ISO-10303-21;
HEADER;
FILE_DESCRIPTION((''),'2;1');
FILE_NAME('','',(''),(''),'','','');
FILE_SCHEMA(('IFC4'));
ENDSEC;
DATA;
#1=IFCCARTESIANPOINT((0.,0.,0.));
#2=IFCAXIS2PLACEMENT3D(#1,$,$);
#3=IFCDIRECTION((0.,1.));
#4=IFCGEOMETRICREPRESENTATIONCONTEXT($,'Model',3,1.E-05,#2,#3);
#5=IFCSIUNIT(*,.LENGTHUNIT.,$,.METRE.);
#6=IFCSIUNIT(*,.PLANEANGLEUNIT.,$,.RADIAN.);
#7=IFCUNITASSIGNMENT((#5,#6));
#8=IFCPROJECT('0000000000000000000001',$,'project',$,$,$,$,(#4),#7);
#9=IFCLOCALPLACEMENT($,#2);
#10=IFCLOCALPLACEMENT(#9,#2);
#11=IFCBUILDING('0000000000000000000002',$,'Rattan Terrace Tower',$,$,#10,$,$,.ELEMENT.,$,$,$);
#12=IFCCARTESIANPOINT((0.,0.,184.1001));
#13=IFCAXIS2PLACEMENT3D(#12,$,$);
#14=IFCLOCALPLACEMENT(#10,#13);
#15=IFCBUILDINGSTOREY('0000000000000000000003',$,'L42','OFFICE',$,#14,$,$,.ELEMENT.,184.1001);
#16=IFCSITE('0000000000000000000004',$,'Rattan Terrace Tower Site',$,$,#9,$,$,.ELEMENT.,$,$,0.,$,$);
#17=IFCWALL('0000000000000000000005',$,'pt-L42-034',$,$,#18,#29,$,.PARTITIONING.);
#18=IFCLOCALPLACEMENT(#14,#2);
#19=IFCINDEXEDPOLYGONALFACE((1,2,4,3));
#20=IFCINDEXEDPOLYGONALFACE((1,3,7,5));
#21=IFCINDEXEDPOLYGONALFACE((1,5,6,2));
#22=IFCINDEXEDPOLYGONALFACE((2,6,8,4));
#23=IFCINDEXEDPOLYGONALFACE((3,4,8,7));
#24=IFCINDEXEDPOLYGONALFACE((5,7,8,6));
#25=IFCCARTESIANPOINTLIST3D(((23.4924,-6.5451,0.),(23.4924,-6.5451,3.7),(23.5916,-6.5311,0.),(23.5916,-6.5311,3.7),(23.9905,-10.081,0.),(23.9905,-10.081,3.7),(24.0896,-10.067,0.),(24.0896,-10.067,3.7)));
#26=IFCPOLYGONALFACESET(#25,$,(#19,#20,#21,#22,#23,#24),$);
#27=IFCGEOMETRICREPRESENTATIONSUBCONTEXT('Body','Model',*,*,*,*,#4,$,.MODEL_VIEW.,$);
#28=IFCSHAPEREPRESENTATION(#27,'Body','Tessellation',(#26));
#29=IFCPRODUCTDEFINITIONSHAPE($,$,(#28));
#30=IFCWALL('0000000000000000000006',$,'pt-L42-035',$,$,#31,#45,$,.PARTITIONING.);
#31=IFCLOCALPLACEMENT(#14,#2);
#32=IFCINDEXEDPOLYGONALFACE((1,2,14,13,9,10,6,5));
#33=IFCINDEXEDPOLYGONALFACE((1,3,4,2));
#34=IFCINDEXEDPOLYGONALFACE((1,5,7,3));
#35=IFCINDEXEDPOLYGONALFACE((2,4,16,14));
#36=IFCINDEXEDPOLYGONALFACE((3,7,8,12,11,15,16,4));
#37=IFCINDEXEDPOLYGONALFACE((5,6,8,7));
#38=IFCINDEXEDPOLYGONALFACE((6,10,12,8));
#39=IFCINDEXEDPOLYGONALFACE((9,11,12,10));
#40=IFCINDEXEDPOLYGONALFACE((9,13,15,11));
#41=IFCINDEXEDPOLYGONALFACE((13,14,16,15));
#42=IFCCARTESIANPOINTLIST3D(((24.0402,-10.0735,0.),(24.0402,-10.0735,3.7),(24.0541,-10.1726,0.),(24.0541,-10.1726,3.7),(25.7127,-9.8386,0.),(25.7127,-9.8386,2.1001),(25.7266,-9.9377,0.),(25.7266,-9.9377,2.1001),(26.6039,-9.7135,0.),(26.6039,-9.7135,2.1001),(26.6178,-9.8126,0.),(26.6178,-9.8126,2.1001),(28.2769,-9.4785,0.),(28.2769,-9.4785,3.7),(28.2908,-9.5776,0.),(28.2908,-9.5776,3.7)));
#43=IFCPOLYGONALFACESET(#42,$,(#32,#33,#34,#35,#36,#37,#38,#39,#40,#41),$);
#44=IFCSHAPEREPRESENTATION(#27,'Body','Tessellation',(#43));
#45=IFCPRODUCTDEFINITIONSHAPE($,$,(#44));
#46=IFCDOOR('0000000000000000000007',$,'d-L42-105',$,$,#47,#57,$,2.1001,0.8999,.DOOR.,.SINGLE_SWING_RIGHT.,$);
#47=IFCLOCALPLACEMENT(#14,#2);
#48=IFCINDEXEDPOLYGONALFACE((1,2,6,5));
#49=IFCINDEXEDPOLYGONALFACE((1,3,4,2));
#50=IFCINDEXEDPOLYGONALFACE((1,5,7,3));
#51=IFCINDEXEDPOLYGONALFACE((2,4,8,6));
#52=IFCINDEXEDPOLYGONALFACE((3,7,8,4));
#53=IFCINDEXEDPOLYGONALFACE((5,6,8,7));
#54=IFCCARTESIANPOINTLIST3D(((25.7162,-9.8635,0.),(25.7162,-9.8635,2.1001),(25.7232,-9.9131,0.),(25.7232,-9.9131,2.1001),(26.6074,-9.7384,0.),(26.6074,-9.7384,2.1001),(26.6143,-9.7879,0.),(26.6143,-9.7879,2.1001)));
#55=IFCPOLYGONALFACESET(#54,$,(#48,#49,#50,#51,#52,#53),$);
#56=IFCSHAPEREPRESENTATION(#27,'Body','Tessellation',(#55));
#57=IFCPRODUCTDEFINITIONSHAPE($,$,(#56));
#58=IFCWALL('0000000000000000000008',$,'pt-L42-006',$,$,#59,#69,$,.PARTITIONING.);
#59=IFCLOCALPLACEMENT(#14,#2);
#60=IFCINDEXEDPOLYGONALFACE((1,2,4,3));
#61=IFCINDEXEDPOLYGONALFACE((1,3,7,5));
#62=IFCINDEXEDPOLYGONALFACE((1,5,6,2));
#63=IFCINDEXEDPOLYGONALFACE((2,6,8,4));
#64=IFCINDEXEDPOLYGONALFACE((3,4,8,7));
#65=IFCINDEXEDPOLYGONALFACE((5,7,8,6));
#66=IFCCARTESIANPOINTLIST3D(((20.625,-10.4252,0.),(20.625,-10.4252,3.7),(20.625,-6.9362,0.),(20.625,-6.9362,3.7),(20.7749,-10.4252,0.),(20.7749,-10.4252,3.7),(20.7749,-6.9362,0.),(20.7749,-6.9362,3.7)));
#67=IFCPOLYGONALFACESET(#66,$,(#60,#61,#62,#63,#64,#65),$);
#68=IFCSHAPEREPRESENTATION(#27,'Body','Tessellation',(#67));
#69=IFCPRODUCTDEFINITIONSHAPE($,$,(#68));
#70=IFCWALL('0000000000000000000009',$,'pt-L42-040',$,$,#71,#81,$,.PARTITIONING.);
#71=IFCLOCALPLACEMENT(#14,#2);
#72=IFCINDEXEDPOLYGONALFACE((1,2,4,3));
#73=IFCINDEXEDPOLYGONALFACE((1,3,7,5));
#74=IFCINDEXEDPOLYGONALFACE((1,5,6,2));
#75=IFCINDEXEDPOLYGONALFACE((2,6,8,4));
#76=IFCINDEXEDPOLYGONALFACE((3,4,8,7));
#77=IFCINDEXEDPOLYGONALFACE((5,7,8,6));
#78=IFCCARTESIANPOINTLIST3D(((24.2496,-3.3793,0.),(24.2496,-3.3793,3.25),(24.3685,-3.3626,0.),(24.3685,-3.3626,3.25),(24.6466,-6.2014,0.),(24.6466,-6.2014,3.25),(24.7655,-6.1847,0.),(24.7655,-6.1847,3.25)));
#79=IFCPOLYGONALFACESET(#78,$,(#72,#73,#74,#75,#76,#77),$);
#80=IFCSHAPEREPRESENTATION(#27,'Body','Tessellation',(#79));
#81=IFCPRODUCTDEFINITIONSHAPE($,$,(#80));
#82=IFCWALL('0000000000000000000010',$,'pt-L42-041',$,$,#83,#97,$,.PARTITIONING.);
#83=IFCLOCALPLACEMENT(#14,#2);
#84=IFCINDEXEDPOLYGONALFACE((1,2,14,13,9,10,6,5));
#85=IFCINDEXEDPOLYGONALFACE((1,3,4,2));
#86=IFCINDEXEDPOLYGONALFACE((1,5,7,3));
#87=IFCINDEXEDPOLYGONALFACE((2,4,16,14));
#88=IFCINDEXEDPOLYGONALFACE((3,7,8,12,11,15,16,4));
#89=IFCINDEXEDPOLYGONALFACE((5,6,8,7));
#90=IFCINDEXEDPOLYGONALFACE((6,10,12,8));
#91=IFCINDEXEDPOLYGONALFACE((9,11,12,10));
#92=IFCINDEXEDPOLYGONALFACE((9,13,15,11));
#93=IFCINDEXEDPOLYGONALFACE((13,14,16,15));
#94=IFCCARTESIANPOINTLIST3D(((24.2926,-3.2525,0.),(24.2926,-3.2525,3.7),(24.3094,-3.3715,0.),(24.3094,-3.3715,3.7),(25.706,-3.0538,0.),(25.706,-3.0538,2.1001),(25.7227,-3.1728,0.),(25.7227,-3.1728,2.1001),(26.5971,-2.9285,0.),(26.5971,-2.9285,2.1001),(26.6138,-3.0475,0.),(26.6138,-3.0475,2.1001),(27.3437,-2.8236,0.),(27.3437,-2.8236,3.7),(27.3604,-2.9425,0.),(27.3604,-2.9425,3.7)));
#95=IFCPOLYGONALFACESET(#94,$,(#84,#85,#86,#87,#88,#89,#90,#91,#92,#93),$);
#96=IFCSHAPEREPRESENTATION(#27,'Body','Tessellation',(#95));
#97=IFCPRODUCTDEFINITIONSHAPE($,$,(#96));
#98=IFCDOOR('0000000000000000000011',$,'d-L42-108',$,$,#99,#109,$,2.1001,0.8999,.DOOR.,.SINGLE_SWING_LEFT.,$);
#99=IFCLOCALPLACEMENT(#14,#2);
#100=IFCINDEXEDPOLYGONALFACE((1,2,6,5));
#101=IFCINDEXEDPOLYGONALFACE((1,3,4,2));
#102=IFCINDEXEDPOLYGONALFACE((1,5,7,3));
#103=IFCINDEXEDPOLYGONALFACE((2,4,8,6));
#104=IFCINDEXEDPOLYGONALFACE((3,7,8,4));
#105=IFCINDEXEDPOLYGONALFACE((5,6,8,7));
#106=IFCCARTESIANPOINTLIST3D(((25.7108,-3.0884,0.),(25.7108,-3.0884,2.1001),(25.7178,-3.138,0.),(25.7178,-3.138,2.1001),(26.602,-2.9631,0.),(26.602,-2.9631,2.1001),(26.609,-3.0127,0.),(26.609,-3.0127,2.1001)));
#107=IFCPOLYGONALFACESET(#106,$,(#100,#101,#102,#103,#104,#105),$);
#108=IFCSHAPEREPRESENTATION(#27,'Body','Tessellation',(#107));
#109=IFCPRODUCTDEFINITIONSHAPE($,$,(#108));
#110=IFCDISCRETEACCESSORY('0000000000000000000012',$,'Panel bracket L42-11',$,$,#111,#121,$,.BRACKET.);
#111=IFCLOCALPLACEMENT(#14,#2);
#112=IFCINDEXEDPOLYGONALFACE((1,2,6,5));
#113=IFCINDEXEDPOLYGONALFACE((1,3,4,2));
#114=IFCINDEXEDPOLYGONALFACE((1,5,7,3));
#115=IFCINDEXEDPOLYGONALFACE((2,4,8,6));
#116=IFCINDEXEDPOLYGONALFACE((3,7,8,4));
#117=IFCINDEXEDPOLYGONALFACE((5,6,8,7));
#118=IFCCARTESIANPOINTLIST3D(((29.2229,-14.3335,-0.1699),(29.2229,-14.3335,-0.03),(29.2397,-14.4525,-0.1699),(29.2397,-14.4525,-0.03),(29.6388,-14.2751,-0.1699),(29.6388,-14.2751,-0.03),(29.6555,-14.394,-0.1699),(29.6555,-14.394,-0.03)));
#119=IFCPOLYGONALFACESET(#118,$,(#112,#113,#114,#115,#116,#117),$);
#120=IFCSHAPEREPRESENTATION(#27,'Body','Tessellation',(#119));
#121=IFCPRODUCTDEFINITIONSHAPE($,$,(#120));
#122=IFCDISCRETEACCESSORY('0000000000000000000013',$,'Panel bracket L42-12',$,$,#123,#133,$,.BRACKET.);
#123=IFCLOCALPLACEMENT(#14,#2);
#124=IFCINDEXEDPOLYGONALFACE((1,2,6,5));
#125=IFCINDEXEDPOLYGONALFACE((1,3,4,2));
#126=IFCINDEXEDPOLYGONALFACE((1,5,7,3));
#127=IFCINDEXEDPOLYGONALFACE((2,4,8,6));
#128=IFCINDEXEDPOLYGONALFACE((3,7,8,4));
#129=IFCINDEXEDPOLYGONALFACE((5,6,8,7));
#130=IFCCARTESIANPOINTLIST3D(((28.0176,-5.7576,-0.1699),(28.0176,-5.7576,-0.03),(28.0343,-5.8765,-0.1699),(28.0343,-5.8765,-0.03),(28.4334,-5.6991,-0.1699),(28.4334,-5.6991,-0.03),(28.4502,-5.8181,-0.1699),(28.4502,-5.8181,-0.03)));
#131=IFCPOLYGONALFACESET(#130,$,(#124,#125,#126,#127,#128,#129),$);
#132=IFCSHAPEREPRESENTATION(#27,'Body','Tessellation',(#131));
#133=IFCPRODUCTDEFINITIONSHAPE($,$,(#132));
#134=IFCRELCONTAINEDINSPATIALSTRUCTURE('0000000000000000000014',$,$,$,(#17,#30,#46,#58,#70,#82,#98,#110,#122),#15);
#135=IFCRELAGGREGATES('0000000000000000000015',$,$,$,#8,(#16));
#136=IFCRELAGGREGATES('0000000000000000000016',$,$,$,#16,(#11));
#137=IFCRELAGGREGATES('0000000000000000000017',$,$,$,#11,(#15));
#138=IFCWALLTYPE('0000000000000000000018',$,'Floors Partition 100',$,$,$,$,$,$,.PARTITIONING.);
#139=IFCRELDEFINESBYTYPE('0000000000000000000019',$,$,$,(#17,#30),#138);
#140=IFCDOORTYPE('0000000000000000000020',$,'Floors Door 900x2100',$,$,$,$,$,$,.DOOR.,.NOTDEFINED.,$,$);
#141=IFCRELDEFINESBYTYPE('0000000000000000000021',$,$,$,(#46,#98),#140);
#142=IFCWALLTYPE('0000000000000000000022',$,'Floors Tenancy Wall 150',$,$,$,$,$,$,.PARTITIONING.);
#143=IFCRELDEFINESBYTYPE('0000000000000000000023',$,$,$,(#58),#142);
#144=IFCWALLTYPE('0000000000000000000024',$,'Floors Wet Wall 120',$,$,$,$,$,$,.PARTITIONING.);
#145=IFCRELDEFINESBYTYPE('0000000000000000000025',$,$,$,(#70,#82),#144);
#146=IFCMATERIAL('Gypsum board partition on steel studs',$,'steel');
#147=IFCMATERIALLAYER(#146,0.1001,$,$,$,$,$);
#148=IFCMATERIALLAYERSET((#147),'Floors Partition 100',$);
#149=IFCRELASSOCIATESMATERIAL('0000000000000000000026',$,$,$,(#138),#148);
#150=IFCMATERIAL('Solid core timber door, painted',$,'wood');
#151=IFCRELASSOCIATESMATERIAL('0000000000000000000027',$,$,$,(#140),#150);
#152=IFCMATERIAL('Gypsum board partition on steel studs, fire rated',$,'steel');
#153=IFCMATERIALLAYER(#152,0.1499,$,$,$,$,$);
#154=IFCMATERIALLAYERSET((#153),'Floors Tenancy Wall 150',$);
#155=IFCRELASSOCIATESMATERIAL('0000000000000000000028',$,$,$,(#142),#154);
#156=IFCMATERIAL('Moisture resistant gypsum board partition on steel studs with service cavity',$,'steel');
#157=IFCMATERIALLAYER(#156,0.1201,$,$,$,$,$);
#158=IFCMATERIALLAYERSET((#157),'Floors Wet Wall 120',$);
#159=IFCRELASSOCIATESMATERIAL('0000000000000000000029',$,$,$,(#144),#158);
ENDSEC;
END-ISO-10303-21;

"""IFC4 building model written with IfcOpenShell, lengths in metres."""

from ifc_helpers import new_model, si_unit, direction, frame, frame_2d, origin, origin_2d, place, context, subcontext, project, spatial, rectangle, extrude, material, layer, layer_set, type_object, element, fill, save


model = new_model("IFC4")

# Units and contexts
model_context = context("Model", 3, precision=1e-05, world=origin(), true_north=direction((0.0, 1.0)))
body_context = subcontext(model_context, "Body", "Model", "MODEL_VIEW")
ifc_project = project(units=[si_unit("LENGTHUNIT", "METRE"), si_unit("PLANEANGLEUNIT", "RADIAN")], contexts=[model_context])

# Site, building, storey
site_placement = place(None, origin())
site = spatial("IfcSite", under=ifc_project, at=site_placement, Name="Rattan Terrace Tower Site", CompositionType="ELEMENT", RefElevation=0.0)
building_placement = place(site_placement, origin())
building = spatial("IfcBuilding", under=site, at=building_placement, Name="Rattan Terrace Tower", CompositionType="ELEMENT")
storey_placement = place(building_placement, frame((0.0, 0.0, 184.1001)))
storey = spatial("IfcBuildingStorey", under=building, at=storey_placement, Name="L42", Description="OFFICE", CompositionType="ELEMENT", Elevation=184.1001)

# Wall
ifc_material_1 = material(Name="Gypsum board partition on steel studs", Category="steel")
ifc_layer_1 = layer(ifc_material_1, 0.1001)
ifc_layer_set_1 = layer_set([ifc_layer_1], Name="Floors Partition 100")
wall_type_1 = type_object("IfcWallType", Name="Floors Partition 100", PredefinedType="PARTITIONING", material=ifc_layer_set_1)
wall_1_placement = place(storey_placement, frame((23.542, -6.5381, 0.0), z_axis=(0.0, 0.0, 1.0), x_axis=(0.139478, -0.990225, 0.0)))
element("IfcWall", 1, at=wall_1_placement, inside=storey, type_object=wall_type_1, Name="pt-L42-034", PredefinedType="PARTITIONING", context=body_context, shape_type="SweptSolid", body=[
    extrude(rectangle(XDim=3.5708, YDim=0.1001, at=frame_2d((1.7854, 0.0))), origin(), (0.0, 0.0, 1.0), 3.7),
])

# Wall, opening, door
wall_2_placement = place(storey_placement, frame((24.0471, -10.123, 0.0), z_axis=(0.0, 0.0, 1.0), x_axis=(0.990283, 0.139064, 0.0)))
wall_2 = element("IfcWall", 2, at=wall_2_placement, inside=storey, type_object=wall_type_1, Name="pt-L42-035", PredefinedType="PARTITIONING", context=body_context, shape_type="SweptSolid", body=[
    extrude(rectangle(XDim=4.2783, YDim=0.1001, at=frame_2d((2.1392, 0.0))), origin(), (0.0, 0.0, 1.0), 3.7),
])
opening_1_placement = place(wall_2_placement, frame((1.689, 0.0, 0.0)))
opening_1 = element("IfcOpeningElement", 3, at=opening_1_placement, cuts=wall_2, PredefinedType="OPENING", context=body_context, shape_type="SweptSolid", body=[
    extrude(rectangle(XDim=0.8999, YDim=2.1001, at=frame_2d((0.45, 1.05))), frame((0.0, 0.0605, 0.0), z_axis=(0.0, -1.0, 0.0), x_axis=(1.0, 0.0, 0.0)), (0.0, 0.0, 1.0), 0.1211),
])
ifc_material_2 = material(Name="Solid core timber door, painted", Category="wood")
door_type = type_object("IfcDoorType", Name="Floors Door 900x2100", OperationType="NOTDEFINED", PredefinedType="DOOR", material=ifc_material_2)
door_1_placement = place(opening_1_placement, origin())
door_1 = element("IfcDoor", 4, at=door_1_placement, inside=storey, type_object=door_type, Name="d-L42-105", OperationType="SINGLE_SWING_RIGHT", OverallHeight=2.1001, OverallWidth=0.8999, PredefinedType="DOOR", context=body_context, shape_type="SweptSolid", body=[
    extrude(rectangle(XDim=0.8999, YDim=2.1001, at=frame_2d((0.45, 1.05))), frame((0.0, 0.0249, 0.0), z_axis=(0.0, -1.0, 0.0), x_axis=(1.0, 0.0, 0.0)), (0.0, 0.0, 1.0), 0.05),
])
fill(opening_1, door_1)

# Walls
ifc_material_3 = material(Name="Gypsum board partition on steel studs, fire rated", Category="steel")
ifc_layer_2 = layer(ifc_material_3, 0.1499)
ifc_layer_set_2 = layer_set([ifc_layer_2], Name="Floors Tenancy Wall 150")
wall_type_2 = type_object("IfcWallType", Name="Floors Tenancy Wall 150", PredefinedType="PARTITIONING", material=ifc_layer_set_2)
wall_3_placement = place(storey_placement, frame((20.7, -6.936, 0.0), z_axis=(0.0, 0.0, 1.0), x_axis=(0.0, -1.0, 0.0)))
element("IfcWall", 5, at=wall_3_placement, inside=storey, type_object=wall_type_2, Name="pt-L42-006", PredefinedType="PARTITIONING", context=body_context, shape_type="SweptSolid", body=[
    extrude(rectangle(XDim=3.489, YDim=0.1499, at=frame_2d((1.7446, 0.0))), origin(), (0.0, 0.0, 1.0), 3.7),
])
ifc_material_4 = material(Name="Moisture resistant gypsum board partition on steel studs with service cavity", Category="steel")
ifc_layer_3 = layer(ifc_material_4, 0.1201)
ifc_layer_set_3 = layer_set([ifc_layer_3], Name="Floors Wet Wall 120")
wall_type_3 = type_object("IfcWallType", Name="Floors Wet Wall 120", PredefinedType="PARTITIONING", material=ifc_layer_set_3)
wall_4_placement = place(storey_placement, frame((24.3091, -3.3711, 0.0), z_axis=(0.0, 0.0, 1.0), x_axis=(0.139298, -0.99025, 0.0)))
element("IfcWall", 6, at=wall_4_placement, inside=storey, type_object=wall_type_3, Name="pt-L42-040", PredefinedType="PARTITIONING", context=body_context, shape_type="SweptSolid", body=[
    extrude(rectangle(XDim=2.8499, YDim=0.1201, at=frame_2d((1.4248, 0.0))), origin(), (0.0, 0.0, 1.0), 3.25),
])

# Wall, opening, door
wall_5_placement = place(storey_placement, frame((27.3521, -2.8831, 0.0), z_axis=(0.0, 0.0, 1.0), x_axis=(-0.990261, -0.139224, 0.0)))
wall_5 = element("IfcWall", 7, at=wall_5_placement, inside=storey, type_object=wall_type_3, Name="pt-L42-041", PredefinedType="PARTITIONING", context=body_context, shape_type="SweptSolid", body=[
    extrude(rectangle(XDim=3.0811, YDim=0.1201, at=frame_2d((1.5405, 0.0))), origin(), (0.0, 0.0, 1.0), 3.7),
])
opening_2_placement = place(wall_5_placement, frame((0.7539, 0.0, 0.0)))
opening_2 = element("IfcOpeningElement", 8, at=opening_2_placement, cuts=wall_5, PredefinedType="OPENING", context=body_context, shape_type="SweptSolid", body=[
    extrude(rectangle(XDim=0.8999, YDim=2.1001, at=frame_2d((0.45, 1.05))), frame((0.0, 0.0706, 0.0), z_axis=(0.0, -1.0, 0.0), x_axis=(1.0, 0.0, 0.0)), (0.0, 0.0, 1.0), 0.1411),
])
door_2_placement = place(opening_2_placement, origin())
door_2 = element("IfcDoor", 9, at=door_2_placement, inside=storey, type_object=door_type, Name="d-L42-108", OperationType="SINGLE_SWING_LEFT", OverallHeight=2.1001, OverallWidth=0.8999, PredefinedType="DOOR", context=body_context, shape_type="SweptSolid", body=[
    extrude(rectangle(XDim=0.8999, YDim=2.1001, at=frame_2d((0.45, 1.05))), frame((0.0, 0.0249, 0.0), z_axis=(0.0, -1.0, 0.0), x_axis=(1.0, 0.0, 0.0)), (0.0, 0.0, 1.0), 0.05),
])
fill(opening_2, door_2)

# Discrete accessories
for number, where, z_axis, x_axis, name in (
    (10, (29.4392, -14.3638, -0.1699), (0.0, 0.0, 1.0), (-0.139191, 0.990266, 0.0), "Panel bracket L42-11"),
    (11, (28.2339, -5.7878, -0.1699), (0.0, 0.0, 1.0), (-0.139191, 0.990266, 0.0), "Panel bracket L42-12"),
):
    element("IfcDiscreteAccessory", number, at=place(storey_placement, frame(where, z_axis=z_axis, x_axis=x_axis)), inside=storey, Name=name, PredefinedType="BRACKET", context=body_context, shape_type="SweptSolid", body=[
        extrude(rectangle(XDim=0.1201, YDim=0.4199, at=origin_2d()), origin(), (0.0, 0.0, 1.0), 0.1399),
    ])

save(model, "model.ifc")
